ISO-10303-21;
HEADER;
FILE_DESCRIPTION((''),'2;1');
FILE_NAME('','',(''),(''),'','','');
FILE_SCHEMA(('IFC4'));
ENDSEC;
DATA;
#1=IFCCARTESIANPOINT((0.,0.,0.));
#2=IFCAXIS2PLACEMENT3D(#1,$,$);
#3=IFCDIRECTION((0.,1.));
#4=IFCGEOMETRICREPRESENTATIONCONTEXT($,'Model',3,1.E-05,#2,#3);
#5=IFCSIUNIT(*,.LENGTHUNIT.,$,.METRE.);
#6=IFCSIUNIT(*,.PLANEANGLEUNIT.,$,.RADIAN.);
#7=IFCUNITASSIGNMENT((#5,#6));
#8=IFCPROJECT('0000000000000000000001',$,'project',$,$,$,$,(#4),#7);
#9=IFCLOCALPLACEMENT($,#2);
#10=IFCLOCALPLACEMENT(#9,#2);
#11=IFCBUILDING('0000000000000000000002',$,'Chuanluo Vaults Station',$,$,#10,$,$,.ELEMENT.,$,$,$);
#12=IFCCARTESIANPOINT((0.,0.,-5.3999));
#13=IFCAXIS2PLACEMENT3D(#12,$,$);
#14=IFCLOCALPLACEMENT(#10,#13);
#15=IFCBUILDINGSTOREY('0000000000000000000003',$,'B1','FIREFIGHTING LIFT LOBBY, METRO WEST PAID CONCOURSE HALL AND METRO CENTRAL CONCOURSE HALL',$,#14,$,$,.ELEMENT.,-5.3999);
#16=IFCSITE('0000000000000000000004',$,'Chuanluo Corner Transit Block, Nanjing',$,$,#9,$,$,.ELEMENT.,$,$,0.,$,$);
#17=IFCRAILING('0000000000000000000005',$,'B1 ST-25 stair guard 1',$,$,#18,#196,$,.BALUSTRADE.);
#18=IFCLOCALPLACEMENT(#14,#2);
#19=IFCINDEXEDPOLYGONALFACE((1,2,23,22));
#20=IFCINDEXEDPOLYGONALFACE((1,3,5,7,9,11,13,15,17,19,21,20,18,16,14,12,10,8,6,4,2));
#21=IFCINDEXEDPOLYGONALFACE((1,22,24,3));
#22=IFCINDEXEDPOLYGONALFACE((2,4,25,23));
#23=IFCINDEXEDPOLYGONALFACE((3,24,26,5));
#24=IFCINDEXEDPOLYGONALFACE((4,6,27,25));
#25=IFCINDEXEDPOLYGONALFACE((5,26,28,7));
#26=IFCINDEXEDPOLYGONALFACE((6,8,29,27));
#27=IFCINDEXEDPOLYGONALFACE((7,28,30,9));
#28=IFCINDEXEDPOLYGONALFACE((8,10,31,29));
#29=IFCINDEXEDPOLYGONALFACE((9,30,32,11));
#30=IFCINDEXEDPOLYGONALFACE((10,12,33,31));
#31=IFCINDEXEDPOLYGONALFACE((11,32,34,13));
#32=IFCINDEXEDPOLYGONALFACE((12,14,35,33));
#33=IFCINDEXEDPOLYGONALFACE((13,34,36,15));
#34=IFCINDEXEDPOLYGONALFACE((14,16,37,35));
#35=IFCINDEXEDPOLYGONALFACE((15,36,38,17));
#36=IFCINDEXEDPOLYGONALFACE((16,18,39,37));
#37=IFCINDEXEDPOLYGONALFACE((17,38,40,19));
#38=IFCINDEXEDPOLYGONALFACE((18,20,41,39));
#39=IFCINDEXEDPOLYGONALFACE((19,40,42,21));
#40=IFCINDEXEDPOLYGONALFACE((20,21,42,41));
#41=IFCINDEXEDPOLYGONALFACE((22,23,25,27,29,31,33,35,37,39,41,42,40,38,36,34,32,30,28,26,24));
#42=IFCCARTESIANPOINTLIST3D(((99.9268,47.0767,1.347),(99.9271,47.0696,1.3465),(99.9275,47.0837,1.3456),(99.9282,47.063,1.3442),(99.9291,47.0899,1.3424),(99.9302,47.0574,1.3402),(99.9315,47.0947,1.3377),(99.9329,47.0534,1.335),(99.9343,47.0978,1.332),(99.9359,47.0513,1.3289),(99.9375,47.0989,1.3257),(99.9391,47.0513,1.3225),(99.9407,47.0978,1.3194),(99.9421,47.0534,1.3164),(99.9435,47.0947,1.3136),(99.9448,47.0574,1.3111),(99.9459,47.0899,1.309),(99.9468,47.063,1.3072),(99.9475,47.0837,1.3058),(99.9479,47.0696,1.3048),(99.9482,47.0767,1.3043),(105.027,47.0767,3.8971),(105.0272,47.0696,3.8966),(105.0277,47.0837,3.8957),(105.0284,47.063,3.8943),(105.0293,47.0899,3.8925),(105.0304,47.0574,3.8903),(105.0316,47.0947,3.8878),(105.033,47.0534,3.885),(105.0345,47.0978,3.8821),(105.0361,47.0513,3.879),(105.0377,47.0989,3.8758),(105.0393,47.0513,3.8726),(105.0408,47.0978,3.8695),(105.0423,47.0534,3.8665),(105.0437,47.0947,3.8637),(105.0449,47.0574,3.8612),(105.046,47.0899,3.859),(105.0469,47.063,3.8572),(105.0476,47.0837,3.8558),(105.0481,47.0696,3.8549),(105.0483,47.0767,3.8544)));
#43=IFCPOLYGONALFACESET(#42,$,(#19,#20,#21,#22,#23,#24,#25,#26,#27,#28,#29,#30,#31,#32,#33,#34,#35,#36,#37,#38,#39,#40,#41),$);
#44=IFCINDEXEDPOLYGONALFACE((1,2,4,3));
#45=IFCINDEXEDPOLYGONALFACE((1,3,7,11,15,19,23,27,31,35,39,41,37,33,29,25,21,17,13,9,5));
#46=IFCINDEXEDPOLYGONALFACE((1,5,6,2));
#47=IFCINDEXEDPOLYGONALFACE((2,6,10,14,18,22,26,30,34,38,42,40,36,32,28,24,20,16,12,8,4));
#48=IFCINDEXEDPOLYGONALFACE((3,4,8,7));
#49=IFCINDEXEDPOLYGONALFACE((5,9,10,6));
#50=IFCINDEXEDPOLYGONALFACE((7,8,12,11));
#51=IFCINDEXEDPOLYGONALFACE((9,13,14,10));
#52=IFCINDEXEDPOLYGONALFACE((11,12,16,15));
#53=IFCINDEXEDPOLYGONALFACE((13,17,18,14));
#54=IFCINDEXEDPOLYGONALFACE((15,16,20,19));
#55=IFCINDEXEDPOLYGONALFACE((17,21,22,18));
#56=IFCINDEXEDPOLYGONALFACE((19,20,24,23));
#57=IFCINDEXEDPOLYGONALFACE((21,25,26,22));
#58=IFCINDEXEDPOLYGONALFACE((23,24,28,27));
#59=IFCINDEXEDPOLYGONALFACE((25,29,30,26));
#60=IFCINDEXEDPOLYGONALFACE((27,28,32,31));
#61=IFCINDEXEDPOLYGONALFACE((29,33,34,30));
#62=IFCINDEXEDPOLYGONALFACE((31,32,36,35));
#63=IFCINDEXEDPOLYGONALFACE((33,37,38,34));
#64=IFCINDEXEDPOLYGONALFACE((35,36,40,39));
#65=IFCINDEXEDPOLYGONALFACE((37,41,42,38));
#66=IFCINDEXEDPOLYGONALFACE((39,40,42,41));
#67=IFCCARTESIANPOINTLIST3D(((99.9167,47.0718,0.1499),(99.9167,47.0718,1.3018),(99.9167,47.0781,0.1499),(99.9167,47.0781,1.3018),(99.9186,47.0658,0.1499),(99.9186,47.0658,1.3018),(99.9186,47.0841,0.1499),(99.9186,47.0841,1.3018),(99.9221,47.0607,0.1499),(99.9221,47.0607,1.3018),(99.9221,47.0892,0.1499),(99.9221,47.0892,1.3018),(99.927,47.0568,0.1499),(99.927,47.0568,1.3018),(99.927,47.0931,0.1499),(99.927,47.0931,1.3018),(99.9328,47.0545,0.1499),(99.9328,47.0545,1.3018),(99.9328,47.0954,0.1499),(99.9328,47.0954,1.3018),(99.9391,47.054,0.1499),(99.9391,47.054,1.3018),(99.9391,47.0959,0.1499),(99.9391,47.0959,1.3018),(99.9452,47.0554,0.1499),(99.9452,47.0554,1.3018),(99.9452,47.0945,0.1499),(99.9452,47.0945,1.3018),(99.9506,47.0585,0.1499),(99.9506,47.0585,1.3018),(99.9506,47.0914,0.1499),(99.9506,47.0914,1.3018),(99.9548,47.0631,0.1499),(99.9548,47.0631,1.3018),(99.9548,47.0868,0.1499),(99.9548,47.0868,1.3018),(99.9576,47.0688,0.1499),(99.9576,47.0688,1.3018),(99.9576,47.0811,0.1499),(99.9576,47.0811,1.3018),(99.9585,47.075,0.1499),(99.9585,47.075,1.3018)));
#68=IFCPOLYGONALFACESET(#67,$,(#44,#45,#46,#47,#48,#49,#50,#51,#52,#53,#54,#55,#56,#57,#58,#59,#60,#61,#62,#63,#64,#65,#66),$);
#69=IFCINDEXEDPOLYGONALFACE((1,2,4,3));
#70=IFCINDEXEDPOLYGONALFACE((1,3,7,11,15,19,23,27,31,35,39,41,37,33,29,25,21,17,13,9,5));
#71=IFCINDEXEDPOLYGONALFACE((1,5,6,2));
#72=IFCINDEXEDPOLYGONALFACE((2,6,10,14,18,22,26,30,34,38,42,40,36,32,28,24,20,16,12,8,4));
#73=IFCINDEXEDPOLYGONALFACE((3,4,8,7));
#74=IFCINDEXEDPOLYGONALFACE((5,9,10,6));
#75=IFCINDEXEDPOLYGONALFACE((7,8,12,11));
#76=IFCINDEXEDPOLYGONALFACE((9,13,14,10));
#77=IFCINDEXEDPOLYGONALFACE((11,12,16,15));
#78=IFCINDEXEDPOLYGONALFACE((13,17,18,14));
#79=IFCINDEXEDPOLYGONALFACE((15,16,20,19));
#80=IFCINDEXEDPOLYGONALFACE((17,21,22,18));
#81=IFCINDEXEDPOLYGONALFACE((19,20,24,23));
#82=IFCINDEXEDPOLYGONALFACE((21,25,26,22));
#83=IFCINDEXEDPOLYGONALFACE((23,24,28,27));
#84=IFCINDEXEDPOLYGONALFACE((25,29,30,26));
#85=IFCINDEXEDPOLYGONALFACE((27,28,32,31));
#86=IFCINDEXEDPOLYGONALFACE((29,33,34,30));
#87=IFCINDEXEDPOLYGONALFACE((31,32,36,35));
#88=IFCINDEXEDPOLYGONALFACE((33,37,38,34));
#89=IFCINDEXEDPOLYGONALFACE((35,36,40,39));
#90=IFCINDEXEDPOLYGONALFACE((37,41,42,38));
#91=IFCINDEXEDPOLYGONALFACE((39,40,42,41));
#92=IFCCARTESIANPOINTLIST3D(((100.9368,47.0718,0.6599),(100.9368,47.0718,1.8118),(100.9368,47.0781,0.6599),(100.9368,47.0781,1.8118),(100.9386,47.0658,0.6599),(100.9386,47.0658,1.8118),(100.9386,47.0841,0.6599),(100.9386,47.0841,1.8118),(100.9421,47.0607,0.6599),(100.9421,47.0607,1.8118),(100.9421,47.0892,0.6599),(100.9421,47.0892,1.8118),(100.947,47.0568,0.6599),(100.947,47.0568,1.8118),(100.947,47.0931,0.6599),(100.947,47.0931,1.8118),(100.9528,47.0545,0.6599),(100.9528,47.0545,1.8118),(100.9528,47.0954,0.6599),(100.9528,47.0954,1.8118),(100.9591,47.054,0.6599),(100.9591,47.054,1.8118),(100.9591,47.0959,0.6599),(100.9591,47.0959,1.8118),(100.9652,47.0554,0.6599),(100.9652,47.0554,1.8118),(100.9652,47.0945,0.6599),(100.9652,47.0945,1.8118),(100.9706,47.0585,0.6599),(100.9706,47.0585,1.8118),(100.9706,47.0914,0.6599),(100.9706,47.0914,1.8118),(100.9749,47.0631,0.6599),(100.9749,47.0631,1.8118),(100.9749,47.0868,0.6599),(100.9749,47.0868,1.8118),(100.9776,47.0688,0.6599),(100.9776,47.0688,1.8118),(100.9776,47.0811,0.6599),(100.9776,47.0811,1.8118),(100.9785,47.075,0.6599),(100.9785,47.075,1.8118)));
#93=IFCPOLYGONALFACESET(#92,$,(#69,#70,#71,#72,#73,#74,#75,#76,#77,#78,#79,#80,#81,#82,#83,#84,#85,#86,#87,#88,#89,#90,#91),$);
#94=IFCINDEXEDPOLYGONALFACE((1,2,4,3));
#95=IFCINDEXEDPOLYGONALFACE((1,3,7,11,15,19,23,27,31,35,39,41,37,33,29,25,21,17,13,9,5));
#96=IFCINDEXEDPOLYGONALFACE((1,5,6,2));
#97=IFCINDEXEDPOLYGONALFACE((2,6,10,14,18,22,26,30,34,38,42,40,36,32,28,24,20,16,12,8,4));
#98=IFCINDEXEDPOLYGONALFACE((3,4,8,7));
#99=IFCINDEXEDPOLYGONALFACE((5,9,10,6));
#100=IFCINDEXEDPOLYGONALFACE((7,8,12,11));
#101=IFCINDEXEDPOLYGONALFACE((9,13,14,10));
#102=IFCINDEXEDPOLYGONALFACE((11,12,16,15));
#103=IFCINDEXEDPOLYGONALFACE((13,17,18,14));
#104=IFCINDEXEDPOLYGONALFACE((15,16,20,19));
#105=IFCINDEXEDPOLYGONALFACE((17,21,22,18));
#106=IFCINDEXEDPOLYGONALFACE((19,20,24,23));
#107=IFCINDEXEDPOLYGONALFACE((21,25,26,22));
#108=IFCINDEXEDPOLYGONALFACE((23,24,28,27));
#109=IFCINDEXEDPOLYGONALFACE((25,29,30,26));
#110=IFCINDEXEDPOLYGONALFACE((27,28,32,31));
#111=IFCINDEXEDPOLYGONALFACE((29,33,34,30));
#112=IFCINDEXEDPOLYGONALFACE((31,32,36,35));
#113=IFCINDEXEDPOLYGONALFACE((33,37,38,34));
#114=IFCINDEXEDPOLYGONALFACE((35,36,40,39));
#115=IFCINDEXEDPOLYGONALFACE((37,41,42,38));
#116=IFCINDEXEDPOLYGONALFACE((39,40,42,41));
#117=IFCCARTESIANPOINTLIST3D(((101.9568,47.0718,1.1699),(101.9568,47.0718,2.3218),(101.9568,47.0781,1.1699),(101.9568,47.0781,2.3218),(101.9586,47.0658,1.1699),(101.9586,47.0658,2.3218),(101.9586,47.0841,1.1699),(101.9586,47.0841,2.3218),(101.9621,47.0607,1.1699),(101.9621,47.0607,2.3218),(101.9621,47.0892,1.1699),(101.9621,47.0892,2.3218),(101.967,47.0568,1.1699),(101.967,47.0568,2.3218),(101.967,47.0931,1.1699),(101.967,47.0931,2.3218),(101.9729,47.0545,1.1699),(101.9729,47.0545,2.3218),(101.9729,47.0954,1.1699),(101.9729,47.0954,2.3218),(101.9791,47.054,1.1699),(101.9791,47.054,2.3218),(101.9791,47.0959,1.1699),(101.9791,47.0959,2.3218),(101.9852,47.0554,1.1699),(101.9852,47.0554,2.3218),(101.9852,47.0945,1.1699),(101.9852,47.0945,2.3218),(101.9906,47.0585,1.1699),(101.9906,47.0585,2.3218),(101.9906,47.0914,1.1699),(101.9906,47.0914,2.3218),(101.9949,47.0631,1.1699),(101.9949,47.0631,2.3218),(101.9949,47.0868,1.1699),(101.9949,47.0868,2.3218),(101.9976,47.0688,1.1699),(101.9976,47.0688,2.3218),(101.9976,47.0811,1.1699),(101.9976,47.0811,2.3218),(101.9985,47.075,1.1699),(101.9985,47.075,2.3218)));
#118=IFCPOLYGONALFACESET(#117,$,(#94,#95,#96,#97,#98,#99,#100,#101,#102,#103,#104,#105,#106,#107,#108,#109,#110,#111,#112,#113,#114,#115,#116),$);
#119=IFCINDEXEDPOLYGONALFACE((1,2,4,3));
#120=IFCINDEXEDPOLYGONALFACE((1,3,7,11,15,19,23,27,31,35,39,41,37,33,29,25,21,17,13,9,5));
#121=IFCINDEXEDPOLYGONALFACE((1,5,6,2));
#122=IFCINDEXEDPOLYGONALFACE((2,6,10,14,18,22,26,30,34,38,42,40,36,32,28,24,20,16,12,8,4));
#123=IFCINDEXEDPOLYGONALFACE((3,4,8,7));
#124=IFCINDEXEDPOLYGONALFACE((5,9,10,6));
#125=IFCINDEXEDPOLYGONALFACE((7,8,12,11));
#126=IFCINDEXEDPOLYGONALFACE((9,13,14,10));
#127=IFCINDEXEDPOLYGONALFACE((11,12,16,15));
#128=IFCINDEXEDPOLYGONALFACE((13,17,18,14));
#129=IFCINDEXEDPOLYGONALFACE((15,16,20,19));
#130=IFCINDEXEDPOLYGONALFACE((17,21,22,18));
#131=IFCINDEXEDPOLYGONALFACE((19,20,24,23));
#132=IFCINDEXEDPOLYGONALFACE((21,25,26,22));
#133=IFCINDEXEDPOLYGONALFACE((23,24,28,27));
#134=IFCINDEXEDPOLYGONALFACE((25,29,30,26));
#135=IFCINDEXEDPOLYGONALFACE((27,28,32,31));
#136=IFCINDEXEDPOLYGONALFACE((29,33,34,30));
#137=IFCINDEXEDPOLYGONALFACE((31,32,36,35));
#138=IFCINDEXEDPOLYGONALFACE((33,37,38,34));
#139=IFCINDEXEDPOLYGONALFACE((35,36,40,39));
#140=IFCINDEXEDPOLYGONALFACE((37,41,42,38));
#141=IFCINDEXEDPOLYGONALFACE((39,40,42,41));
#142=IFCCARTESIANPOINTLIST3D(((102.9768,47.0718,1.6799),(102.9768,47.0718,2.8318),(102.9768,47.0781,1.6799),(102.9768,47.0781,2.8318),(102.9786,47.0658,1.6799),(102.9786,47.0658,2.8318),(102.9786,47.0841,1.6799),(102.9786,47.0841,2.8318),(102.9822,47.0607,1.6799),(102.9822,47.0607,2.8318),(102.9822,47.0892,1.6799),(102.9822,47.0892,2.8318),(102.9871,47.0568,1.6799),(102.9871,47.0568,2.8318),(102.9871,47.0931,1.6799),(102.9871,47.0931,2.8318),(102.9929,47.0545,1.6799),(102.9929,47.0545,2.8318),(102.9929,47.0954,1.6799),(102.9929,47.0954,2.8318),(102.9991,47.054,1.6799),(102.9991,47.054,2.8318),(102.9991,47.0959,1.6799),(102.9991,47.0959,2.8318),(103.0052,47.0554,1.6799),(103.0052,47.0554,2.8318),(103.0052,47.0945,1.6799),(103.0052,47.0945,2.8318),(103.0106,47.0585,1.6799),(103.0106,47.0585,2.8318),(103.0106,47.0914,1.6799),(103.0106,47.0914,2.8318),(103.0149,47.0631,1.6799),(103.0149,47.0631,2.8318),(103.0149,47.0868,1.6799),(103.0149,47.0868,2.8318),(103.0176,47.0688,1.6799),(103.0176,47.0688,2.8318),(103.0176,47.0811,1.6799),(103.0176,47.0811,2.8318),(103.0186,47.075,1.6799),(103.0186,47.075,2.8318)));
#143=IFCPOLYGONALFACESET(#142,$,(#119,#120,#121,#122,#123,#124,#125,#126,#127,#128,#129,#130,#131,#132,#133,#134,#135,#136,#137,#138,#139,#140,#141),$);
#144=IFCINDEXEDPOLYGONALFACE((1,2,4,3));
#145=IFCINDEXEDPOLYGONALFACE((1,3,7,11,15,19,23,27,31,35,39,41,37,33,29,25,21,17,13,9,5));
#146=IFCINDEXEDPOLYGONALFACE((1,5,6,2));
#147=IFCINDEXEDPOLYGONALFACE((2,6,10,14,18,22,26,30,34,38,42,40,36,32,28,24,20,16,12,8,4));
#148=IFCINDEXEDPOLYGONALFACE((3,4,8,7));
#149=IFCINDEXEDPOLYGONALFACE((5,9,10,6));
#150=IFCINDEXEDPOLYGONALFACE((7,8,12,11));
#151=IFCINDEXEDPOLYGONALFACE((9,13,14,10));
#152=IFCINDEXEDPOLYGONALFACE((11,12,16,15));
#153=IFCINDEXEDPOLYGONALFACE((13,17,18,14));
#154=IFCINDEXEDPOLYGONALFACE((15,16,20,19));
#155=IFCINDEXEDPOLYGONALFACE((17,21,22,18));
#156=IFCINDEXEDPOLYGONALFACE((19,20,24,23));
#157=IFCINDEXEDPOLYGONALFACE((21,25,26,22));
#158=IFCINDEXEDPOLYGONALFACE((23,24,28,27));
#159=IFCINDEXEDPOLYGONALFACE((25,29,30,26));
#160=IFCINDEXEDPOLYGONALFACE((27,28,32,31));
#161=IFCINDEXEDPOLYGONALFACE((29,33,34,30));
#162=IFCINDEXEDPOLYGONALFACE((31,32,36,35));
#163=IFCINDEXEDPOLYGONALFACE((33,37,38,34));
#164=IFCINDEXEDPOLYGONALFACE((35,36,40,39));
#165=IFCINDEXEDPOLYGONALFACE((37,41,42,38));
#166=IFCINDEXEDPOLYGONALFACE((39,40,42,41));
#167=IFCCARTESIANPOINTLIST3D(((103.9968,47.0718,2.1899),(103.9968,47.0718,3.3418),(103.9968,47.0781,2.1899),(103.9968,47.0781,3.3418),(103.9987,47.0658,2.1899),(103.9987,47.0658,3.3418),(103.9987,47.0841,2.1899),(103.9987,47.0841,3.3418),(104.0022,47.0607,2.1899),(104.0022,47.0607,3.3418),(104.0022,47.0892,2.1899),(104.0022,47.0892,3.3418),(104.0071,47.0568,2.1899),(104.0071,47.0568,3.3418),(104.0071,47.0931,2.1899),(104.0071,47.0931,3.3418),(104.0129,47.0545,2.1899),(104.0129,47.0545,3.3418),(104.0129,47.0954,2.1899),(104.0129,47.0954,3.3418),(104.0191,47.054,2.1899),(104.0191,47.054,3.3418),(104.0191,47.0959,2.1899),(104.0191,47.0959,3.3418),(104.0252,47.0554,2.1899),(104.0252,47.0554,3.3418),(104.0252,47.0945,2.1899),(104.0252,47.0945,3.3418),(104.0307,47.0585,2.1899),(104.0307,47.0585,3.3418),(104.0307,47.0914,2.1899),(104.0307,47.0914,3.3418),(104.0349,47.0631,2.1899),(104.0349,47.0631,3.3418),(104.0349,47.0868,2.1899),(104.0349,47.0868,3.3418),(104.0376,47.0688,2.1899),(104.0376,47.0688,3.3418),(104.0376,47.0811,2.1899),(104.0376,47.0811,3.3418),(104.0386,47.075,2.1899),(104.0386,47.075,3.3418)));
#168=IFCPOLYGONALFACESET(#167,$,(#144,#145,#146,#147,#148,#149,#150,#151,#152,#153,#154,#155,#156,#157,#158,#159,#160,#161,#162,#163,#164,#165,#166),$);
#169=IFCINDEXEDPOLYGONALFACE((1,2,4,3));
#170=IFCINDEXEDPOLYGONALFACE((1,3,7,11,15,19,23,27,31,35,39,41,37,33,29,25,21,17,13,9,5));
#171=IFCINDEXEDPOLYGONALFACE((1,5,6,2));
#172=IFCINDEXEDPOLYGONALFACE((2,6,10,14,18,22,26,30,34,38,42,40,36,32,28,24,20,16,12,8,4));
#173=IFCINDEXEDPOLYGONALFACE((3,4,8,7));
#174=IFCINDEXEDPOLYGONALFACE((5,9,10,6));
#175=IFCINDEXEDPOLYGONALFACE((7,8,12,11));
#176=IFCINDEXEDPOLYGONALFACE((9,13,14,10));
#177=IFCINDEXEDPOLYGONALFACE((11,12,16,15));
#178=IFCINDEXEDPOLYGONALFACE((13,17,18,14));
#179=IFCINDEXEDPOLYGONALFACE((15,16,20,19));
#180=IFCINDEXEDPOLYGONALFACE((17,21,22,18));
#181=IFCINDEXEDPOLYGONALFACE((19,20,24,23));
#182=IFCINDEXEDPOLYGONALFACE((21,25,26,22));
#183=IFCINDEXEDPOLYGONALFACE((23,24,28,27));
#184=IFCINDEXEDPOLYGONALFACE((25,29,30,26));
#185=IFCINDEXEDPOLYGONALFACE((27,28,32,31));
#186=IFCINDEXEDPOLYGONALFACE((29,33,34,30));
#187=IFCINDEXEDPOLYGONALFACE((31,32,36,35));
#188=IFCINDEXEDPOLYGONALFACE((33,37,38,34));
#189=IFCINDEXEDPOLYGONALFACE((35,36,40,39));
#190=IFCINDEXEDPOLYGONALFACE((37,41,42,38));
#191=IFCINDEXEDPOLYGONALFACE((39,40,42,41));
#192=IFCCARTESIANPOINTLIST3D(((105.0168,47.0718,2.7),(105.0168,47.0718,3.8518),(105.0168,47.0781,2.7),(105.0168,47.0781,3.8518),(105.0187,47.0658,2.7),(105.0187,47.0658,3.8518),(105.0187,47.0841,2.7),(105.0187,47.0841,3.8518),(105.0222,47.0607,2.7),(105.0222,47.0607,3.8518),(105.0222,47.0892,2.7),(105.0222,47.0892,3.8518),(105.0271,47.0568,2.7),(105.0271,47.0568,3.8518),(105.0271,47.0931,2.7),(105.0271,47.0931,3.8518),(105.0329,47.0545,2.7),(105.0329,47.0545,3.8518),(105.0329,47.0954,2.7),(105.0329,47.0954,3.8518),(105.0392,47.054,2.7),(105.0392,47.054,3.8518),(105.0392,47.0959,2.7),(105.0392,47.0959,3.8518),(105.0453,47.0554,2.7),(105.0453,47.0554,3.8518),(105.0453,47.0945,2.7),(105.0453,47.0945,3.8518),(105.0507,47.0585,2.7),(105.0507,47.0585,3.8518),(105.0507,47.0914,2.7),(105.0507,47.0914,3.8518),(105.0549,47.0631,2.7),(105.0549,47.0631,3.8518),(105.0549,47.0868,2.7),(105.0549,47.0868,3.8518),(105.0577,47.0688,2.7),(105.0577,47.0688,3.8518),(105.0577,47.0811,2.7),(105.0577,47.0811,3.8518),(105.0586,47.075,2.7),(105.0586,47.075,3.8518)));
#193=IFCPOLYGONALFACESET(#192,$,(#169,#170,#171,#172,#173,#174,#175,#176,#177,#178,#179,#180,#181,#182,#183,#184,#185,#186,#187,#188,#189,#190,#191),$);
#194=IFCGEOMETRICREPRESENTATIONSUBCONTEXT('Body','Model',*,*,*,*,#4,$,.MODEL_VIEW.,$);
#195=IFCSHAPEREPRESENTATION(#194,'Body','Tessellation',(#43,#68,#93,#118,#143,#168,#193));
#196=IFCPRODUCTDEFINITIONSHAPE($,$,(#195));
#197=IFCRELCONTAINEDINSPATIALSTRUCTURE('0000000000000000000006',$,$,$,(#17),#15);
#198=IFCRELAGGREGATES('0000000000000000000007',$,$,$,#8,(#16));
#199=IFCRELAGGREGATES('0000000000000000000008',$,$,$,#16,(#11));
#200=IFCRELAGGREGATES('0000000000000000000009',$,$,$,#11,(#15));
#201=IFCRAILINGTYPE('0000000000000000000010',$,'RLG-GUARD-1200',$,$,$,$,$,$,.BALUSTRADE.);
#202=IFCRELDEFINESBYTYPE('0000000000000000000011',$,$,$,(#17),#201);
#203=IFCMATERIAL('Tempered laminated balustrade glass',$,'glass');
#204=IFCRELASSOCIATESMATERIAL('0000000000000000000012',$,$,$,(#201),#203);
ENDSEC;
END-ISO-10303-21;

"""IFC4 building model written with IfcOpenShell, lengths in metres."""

from ifc_helpers import new_model, si_unit, direction, frame, origin, origin_2d, place, context, subcontext, project, spatial, circle, extrude, material, type_object, element, save


model = new_model("IFC4")

# Units and contexts
model_context = context("Model", 3, precision=1e-05, world=origin(), true_north=direction((0.0, 1.0)))
body_context = subcontext(model_context, "Body", "Model", "MODEL_VIEW")
ifc_project = project(units=[si_unit("LENGTHUNIT", "METRE"), si_unit("PLANEANGLEUNIT", "RADIAN")], contexts=[model_context])

# Site, building, storey
site_placement = place(None, origin())
site = spatial("IfcSite", under=ifc_project, at=site_placement, Name="Chuanluo Corner Transit Block, Nanjing", CompositionType="ELEMENT", RefElevation=0.0)
building_placement = place(site_placement, origin())
building = spatial("IfcBuilding", under=site, at=building_placement, Name="Chuanluo Vaults Station", CompositionType="ELEMENT")
storey_placement = place(building_placement, frame((0.0, 0.0, -5.3999)))
storey = spatial("IfcBuildingStorey", under=building, at=storey_placement, Name="B1", Description="FIREFIGHTING LIFT LOBBY, METRO WEST PAID CONCOURSE HALL AND METRO CENTRAL CONCOURSE HALL", CompositionType="ELEMENT", Elevation=-5.3999)

# Railing
ifc_material_1 = material(Name="Tempered laminated balustrade glass", Category="glass")
railing_type_1 = type_object("IfcRailingType", Name="RLG-GUARD-1200", PredefinedType="BALUSTRADE", material=ifc_material_1)
railing_1_placement = place(storey_placement, frame((99.9375, 47.075, 0.1499)))
element("IfcRailing", 1, at=railing_1_placement, inside=storey, type_object=railing_type_1, Name="B1 ST-25 stair guard 1", PredefinedType="BALUSTRADE", context=body_context, shape_type="SweptSolid", body=[
    extrude(circle(Radius=0.0239, at=origin_2d()), frame((0.0, 0.0, 1.1758), z_axis=(0.894427, 0.0, 0.447214), x_axis=(0.0, 1.0, 0.0)), (0.0, 0.0, 1.0), 5.7021),
    extrude(circle(Radius=0.021, at=origin_2d()), origin(), (0.0, 0.0, 1.0), 1.1519),
    extrude(circle(Radius=0.021, at=origin_2d()), frame((1.02, 0.0, 0.51)), (0.0, 0.0, 1.0), 1.1519),
    extrude(circle(Radius=0.021, at=origin_2d()), frame((2.04, 0.0, 1.02)), (0.0, 0.0, 1.0), 1.1519),
    extrude(circle(Radius=0.021, at=origin_2d()), frame((3.0601, 0.0, 1.53)), (0.0, 0.0, 1.0), 1.1519),
    extrude(circle(Radius=0.021, at=origin_2d()), frame((4.0801, 0.0, 2.04)), (0.0, 0.0, 1.0), 1.1519),
    extrude(circle(Radius=0.021, at=origin_2d()), frame((5.1001, 0.0, 2.55)), (0.0, 0.0, 1.0), 1.1519),
])

save(model, "model.ifc")
